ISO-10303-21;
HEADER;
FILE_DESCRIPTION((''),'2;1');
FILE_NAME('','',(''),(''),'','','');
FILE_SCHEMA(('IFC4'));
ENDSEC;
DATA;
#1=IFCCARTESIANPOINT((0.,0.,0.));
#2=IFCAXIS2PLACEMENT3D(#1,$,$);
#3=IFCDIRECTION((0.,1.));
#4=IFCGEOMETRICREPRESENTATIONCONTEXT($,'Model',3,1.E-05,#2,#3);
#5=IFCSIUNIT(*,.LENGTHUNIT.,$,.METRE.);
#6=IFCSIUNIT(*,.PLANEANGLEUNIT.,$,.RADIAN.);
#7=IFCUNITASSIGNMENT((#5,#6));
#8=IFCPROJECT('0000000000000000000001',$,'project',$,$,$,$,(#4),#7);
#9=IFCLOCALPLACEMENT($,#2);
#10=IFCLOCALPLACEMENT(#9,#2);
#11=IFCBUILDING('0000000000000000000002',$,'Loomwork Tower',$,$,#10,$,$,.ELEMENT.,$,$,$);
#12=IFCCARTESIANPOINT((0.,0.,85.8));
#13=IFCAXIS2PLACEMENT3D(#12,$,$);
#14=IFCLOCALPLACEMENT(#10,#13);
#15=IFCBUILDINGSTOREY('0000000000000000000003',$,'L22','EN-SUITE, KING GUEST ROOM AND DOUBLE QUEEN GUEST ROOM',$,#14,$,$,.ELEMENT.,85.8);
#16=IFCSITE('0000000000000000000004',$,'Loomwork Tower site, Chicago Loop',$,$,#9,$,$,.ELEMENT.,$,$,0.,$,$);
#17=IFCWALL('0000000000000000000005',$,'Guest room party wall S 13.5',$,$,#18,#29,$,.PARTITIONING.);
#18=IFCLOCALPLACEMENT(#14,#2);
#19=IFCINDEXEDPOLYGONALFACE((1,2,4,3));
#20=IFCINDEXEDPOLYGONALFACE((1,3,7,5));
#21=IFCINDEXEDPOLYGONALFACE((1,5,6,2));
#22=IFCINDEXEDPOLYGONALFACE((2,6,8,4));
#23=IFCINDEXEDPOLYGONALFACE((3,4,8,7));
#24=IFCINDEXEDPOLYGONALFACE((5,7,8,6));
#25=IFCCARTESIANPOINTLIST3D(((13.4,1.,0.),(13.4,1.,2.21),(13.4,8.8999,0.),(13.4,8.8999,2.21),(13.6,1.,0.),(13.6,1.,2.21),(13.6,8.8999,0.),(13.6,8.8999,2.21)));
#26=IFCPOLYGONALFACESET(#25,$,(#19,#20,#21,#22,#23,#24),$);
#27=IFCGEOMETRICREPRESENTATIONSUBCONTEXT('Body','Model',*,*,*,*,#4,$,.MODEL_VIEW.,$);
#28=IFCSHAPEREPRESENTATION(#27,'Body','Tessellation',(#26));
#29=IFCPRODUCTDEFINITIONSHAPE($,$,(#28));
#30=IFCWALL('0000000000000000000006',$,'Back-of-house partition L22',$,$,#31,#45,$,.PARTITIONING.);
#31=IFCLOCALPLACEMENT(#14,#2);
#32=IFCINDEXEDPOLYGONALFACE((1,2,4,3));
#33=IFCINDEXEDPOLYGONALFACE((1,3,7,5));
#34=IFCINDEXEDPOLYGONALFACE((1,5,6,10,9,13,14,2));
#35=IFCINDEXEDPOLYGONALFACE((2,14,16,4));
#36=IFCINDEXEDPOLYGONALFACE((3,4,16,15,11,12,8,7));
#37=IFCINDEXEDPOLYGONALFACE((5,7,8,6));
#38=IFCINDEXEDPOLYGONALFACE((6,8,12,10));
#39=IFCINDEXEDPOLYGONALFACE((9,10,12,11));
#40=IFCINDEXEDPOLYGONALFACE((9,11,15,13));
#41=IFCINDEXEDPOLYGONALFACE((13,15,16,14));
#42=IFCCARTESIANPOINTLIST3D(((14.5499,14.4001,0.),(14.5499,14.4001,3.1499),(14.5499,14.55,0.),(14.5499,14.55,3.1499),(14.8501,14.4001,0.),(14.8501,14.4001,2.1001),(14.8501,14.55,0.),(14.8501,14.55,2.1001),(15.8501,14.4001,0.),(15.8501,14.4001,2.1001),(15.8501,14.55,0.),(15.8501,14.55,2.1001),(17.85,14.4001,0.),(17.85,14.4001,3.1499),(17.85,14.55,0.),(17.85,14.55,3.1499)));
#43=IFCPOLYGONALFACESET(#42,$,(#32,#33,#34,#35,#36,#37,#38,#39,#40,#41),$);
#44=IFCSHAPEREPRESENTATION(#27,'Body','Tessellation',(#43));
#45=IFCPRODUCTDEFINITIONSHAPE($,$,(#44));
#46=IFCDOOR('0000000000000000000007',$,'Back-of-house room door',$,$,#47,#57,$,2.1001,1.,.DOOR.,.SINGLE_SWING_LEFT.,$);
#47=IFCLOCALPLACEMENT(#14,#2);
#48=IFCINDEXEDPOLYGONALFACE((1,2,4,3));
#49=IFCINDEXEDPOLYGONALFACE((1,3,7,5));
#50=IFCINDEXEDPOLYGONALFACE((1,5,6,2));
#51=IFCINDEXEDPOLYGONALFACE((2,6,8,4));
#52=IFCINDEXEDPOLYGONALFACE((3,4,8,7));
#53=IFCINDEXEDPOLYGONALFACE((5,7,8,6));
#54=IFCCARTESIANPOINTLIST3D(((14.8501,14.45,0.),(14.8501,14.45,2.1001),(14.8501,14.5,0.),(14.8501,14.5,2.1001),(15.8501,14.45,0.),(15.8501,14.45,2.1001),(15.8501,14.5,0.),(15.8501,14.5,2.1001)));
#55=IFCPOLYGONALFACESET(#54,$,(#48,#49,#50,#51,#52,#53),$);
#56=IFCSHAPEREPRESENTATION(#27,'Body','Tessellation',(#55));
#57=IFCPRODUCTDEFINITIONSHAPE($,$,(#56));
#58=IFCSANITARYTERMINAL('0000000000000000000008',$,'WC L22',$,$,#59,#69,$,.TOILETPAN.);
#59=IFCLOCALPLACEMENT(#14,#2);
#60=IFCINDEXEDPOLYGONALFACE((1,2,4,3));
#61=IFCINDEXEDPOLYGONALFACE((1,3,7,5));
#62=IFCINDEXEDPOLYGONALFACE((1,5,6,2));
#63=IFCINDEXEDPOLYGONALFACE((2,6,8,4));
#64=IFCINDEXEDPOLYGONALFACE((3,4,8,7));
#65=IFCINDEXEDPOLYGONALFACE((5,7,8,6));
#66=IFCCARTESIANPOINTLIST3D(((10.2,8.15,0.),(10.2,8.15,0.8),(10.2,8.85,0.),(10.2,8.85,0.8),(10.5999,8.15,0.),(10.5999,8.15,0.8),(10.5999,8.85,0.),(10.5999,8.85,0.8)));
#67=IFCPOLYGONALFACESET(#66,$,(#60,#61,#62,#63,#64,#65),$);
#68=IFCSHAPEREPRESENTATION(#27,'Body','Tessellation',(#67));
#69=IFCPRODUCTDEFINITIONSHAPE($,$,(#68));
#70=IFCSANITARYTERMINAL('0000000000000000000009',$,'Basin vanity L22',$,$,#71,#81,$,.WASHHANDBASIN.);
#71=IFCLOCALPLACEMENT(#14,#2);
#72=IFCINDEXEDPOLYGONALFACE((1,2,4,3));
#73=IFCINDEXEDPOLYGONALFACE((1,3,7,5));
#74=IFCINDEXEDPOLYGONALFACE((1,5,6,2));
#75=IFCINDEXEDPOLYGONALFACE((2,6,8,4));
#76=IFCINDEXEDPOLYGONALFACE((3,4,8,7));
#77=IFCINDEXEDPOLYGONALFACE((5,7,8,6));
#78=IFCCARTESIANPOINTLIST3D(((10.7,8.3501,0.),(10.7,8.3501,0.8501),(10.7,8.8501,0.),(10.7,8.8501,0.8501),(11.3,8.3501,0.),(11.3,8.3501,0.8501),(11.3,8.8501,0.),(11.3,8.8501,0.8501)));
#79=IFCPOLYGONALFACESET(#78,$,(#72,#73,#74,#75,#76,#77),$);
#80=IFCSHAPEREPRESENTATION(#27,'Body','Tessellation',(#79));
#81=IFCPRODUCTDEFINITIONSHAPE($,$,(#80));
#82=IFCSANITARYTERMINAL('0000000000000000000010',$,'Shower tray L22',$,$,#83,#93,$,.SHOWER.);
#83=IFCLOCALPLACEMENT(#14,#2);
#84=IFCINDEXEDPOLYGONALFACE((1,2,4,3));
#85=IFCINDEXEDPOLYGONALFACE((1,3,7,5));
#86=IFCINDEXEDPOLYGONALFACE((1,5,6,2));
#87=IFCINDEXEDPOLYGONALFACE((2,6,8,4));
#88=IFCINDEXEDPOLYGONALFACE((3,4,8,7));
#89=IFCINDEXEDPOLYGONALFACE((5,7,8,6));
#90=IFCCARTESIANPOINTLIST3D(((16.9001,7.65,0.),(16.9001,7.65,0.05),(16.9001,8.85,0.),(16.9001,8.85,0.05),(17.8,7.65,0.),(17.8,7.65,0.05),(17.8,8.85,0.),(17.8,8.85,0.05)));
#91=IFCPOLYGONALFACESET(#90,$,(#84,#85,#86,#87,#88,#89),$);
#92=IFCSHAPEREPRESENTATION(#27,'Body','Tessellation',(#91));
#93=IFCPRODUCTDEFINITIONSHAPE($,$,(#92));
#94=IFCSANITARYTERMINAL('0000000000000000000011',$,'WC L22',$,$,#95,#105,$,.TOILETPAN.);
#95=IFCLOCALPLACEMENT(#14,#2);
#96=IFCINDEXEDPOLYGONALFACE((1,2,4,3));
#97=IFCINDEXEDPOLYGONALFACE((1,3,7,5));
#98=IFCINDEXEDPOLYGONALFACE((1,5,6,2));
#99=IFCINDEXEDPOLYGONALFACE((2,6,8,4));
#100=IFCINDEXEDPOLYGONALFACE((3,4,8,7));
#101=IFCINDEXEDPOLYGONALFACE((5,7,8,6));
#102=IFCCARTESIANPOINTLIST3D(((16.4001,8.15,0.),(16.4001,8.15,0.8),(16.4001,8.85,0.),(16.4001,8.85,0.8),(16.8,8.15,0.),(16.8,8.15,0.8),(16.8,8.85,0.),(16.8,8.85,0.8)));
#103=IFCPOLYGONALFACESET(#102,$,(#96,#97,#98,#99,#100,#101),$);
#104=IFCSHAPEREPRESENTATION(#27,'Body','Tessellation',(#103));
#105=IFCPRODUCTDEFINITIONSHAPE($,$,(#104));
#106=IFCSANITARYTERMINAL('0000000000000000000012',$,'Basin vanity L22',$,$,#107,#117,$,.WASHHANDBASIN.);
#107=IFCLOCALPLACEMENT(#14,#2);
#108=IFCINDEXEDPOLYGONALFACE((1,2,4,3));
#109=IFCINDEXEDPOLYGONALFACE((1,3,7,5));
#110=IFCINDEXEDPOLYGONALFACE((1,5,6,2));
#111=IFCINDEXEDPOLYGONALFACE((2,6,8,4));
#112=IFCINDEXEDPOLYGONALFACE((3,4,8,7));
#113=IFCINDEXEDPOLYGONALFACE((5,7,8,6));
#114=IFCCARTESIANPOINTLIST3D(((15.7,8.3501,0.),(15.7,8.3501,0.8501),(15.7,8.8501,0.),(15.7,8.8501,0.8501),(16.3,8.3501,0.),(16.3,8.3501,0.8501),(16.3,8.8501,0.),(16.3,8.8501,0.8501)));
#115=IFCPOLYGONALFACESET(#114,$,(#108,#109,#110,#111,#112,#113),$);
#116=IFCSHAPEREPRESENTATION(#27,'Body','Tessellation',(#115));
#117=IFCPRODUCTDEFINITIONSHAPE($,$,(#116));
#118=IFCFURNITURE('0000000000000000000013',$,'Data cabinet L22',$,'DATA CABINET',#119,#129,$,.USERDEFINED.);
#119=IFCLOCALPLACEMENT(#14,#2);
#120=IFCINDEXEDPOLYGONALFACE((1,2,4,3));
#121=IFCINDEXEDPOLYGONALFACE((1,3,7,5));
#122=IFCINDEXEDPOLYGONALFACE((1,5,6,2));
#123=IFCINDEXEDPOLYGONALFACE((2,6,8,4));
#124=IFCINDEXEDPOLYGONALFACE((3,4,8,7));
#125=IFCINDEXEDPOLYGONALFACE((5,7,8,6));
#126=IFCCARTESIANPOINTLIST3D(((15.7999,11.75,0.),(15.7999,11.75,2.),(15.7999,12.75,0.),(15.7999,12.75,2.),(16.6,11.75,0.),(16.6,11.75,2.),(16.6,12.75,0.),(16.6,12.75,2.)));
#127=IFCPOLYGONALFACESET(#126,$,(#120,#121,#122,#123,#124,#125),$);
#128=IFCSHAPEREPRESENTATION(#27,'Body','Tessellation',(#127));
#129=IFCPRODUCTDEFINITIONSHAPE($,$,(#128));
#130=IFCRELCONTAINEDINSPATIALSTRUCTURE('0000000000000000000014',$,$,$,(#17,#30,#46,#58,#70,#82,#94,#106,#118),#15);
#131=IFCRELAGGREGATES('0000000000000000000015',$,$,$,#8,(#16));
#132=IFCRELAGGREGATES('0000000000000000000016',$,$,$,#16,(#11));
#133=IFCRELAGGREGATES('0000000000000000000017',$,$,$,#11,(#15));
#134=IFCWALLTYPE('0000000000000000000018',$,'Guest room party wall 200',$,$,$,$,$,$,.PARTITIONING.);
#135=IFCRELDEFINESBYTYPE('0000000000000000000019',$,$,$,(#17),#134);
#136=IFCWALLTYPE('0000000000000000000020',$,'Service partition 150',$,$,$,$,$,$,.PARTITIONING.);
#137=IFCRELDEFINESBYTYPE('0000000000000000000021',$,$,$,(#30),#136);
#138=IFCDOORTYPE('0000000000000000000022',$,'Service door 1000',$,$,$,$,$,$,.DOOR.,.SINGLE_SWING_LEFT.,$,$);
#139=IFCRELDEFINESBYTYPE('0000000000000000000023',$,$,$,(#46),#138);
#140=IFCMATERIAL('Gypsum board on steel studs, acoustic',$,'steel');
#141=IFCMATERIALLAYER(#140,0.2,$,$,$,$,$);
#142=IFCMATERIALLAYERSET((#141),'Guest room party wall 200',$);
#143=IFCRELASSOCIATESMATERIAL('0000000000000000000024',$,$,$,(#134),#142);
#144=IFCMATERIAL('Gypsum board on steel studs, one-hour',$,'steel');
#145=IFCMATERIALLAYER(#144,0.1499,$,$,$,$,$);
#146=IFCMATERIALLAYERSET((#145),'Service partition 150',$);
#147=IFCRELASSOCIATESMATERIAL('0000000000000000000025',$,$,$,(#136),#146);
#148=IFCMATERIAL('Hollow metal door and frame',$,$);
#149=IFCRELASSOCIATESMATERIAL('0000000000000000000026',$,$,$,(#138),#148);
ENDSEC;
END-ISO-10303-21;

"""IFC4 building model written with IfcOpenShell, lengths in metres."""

from ifc_helpers import new_model, si_unit, direction, frame, frame_2d, origin, origin_2d, place, context, subcontext, project, spatial, rectangle, extrude, material, layer, layer_set, type_object, element, fill, save


model = new_model("IFC4")

# Units and contexts
model_context = context("Model", 3, precision=1e-05, world=origin(), true_north=direction((0.0, 1.0)))
body_context = subcontext(model_context, "Body", "Model", "MODEL_VIEW")
ifc_project = project(units=[si_unit("LENGTHUNIT", "METRE"), si_unit("PLANEANGLEUNIT", "RADIAN")], contexts=[model_context])

# Site, building, storey
site_placement = place(None, origin())
site = spatial("IfcSite", under=ifc_project, at=site_placement, Name="Loomwork Tower site, Chicago Loop", CompositionType="ELEMENT", RefElevation=0.0)
building_placement = place(site_placement, origin())
building = spatial("IfcBuilding", under=site, at=building_placement, Name="Loomwork Tower", CompositionType="ELEMENT")
storey_placement = place(building_placement, frame((0.0, 0.0, 85.8)))
storey = spatial("IfcBuildingStorey", under=building, at=storey_placement, Name="L22", Description="EN-SUITE, KING GUEST ROOM AND DOUBLE QUEEN GUEST ROOM", CompositionType="ELEMENT", Elevation=85.8)

# Wall
ifc_material_1 = material(Name="Gypsum board on steel studs, acoustic", Category="steel")
ifc_layer_1 = layer(ifc_material_1, 0.2)
ifc_layer_set_1 = layer_set([ifc_layer_1], Name="Guest room party wall 200")
wall_type_1 = type_object("IfcWallType", Name="Guest room party wall 200", PredefinedType="PARTITIONING", material=ifc_layer_set_1)
wall_1_placement = place(storey_placement, frame((13.5, 8.8999, 0.0), z_axis=(0.0, 0.0, 1.0), x_axis=(0.0, -1.0, 0.0)))
element("IfcWall", 1, at=wall_1_placement, inside=storey, type_object=wall_type_1, Name="Guest room party wall S 13.5", PredefinedType="PARTITIONING", context=body_context, shape_type="SweptSolid", body=[
    extrude(rectangle(XDim=7.8999, YDim=0.2, at=frame_2d((3.95, 0.0))), origin(), (0.0, 0.0, 1.0), 2.21),
])

# Wall, opening, door
ifc_material_2 = material(Name="Gypsum board on steel studs, one-hour", Category="steel")
ifc_layer_2 = layer(ifc_material_2, 0.1499)
ifc_layer_set_2 = layer_set([ifc_layer_2], Name="Service partition 150")
wall_type_2 = type_object("IfcWallType", Name="Service partition 150", PredefinedType="PARTITIONING", material=ifc_layer_set_2)
wall_2_placement = place(storey_placement, frame((14.55, 14.4751, 0.0), z_axis=(0.0, 0.0, 1.0), x_axis=(1.0, 0.0, 0.0)))
wall_2 = element("IfcWall", 2, at=wall_2_placement, inside=storey, type_object=wall_type_2, Name="Back-of-house partition L22", PredefinedType="PARTITIONING", context=body_context, shape_type="SweptSolid", body=[
    extrude(rectangle(XDim=3.3, YDim=0.1499, at=frame_2d((1.6499, 0.0))), origin(), (0.0, 0.0, 1.0), 3.1499),
])
opening_1_placement = place(wall_2_placement, frame((0.3, 0.0, 0.0)))
opening_1 = element("IfcOpeningElement", 3, at=opening_1_placement, cuts=wall_2, PredefinedType="OPENING", context=body_context, shape_type="SweptSolid", body=[
    extrude(rectangle(XDim=1.0, YDim=2.1001, at=frame_2d((0.5, 1.05))), frame((0.0, 0.085, 0.0), z_axis=(0.0, -1.0, 0.0), x_axis=(1.0, 0.0, 0.0)), (0.0, 0.0, 1.0), 0.1699),
])
ifc_material_3 = material(Name="Hollow metal door and frame")
door_type_1 = type_object("IfcDoorType", Name="Service door 1000", OperationType="SINGLE_SWING_LEFT", PredefinedType="DOOR", material=ifc_material_3)
door_1_placement = place(opening_1_placement, origin())
door_1 = element("IfcDoor", 4, at=door_1_placement, inside=storey, type_object=door_type_1, Name="Back-of-house room door", OperationType="SINGLE_SWING_LEFT", OverallHeight=2.1001, OverallWidth=1.0, PredefinedType="DOOR", context=body_context, shape_type="SweptSolid", body=[
    extrude(rectangle(XDim=1.0, YDim=2.1001, at=frame_2d((0.5, 1.05))), frame((0.0, 0.0249, 0.0), z_axis=(0.0, -1.0, 0.0), x_axis=(1.0, 0.0, 0.0)), (0.0, 0.0, 1.0), 0.05),
])
fill(opening_1, door_1)

# Sanitary terminals
sanitary_terminal_1_placement = place(storey_placement, frame((10.3999, 8.5, 0.0), z_axis=(0.0, 0.0, 1.0), x_axis=(1.0, 0.0, 0.0)))
element("IfcSanitaryTerminal", 5, at=sanitary_terminal_1_placement, inside=storey, Name="WC L22", PredefinedType="TOILETPAN", context=body_context, shape_type="SweptSolid", body=[
    extrude(rectangle(XDim=0.3999, YDim=0.7, at=origin_2d()), origin(), (0.0, 0.0, 1.0), 0.8),
])
sanitary_terminal_2_placement = place(storey_placement, frame((11.0, 8.6001, 0.0), z_axis=(0.0, 0.0, 1.0), x_axis=(1.0, 0.0, 0.0)))
element("IfcSanitaryTerminal", 6, at=sanitary_terminal_2_placement, inside=storey, Name="Basin vanity L22", PredefinedType="WASHHANDBASIN", context=body_context, shape_type="SweptSolid", body=[
    extrude(rectangle(XDim=0.6001, YDim=0.5, at=origin_2d()), origin(), (0.0, 0.0, 1.0), 0.8501),
])
sanitary_terminal_3_placement = place(storey_placement, frame((17.3501, 8.25, 0.0), z_axis=(0.0, 0.0, 1.0), x_axis=(1.0, 0.0, 0.0)))
element("IfcSanitaryTerminal", 7, at=sanitary_terminal_3_placement, inside=storey, Name="Shower tray L22", PredefinedType="SHOWER", context=body_context, shape_type="SweptSolid", body=[
    extrude(rectangle(XDim=0.8999, YDim=1.2, at=origin_2d()), origin(), (0.0, 0.0, 1.0), 0.05),
])
sanitary_terminal_4_placement = place(storey_placement, frame((16.6001, 8.5, 0.0), z_axis=(0.0, 0.0, 1.0), x_axis=(1.0, 0.0, 0.0)))
element("IfcSanitaryTerminal", 8, at=sanitary_terminal_4_placement, inside=storey, Name="WC L22", PredefinedType="TOILETPAN", context=body_context, shape_type="SweptSolid", body=[
    extrude(rectangle(XDim=0.3999, YDim=0.7, at=origin_2d()), origin(), (0.0, 0.0, 1.0), 0.8),
])
sanitary_terminal_5_placement = place(storey_placement, frame((16.0, 8.6001, 0.0), z_axis=(0.0, 0.0, 1.0), x_axis=(1.0, 0.0, 0.0)))
element("IfcSanitaryTerminal", 9, at=sanitary_terminal_5_placement, inside=storey, Name="Basin vanity L22", PredefinedType="WASHHANDBASIN", context=body_context, shape_type="SweptSolid", body=[
    extrude(rectangle(XDim=0.6001, YDim=0.5, at=origin_2d()), origin(), (0.0, 0.0, 1.0), 0.8501),
])

# Furniture
furniture_placement = place(storey_placement, frame((16.2, 12.25, 0.0), z_axis=(0.0, 0.0, 1.0), x_axis=(1.0, 0.0, 0.0)))
element("IfcFurniture", 10, at=furniture_placement, inside=storey, Name="Data cabinet L22", ObjectType="DATA CABINET", PredefinedType="USERDEFINED", context=body_context, shape_type="SweptSolid", body=[
    extrude(rectangle(XDim=0.8, YDim=1.0, at=origin_2d()), origin(), (0.0, 0.0, 1.0), 2.0),
])

save(model, "model.ifc")
